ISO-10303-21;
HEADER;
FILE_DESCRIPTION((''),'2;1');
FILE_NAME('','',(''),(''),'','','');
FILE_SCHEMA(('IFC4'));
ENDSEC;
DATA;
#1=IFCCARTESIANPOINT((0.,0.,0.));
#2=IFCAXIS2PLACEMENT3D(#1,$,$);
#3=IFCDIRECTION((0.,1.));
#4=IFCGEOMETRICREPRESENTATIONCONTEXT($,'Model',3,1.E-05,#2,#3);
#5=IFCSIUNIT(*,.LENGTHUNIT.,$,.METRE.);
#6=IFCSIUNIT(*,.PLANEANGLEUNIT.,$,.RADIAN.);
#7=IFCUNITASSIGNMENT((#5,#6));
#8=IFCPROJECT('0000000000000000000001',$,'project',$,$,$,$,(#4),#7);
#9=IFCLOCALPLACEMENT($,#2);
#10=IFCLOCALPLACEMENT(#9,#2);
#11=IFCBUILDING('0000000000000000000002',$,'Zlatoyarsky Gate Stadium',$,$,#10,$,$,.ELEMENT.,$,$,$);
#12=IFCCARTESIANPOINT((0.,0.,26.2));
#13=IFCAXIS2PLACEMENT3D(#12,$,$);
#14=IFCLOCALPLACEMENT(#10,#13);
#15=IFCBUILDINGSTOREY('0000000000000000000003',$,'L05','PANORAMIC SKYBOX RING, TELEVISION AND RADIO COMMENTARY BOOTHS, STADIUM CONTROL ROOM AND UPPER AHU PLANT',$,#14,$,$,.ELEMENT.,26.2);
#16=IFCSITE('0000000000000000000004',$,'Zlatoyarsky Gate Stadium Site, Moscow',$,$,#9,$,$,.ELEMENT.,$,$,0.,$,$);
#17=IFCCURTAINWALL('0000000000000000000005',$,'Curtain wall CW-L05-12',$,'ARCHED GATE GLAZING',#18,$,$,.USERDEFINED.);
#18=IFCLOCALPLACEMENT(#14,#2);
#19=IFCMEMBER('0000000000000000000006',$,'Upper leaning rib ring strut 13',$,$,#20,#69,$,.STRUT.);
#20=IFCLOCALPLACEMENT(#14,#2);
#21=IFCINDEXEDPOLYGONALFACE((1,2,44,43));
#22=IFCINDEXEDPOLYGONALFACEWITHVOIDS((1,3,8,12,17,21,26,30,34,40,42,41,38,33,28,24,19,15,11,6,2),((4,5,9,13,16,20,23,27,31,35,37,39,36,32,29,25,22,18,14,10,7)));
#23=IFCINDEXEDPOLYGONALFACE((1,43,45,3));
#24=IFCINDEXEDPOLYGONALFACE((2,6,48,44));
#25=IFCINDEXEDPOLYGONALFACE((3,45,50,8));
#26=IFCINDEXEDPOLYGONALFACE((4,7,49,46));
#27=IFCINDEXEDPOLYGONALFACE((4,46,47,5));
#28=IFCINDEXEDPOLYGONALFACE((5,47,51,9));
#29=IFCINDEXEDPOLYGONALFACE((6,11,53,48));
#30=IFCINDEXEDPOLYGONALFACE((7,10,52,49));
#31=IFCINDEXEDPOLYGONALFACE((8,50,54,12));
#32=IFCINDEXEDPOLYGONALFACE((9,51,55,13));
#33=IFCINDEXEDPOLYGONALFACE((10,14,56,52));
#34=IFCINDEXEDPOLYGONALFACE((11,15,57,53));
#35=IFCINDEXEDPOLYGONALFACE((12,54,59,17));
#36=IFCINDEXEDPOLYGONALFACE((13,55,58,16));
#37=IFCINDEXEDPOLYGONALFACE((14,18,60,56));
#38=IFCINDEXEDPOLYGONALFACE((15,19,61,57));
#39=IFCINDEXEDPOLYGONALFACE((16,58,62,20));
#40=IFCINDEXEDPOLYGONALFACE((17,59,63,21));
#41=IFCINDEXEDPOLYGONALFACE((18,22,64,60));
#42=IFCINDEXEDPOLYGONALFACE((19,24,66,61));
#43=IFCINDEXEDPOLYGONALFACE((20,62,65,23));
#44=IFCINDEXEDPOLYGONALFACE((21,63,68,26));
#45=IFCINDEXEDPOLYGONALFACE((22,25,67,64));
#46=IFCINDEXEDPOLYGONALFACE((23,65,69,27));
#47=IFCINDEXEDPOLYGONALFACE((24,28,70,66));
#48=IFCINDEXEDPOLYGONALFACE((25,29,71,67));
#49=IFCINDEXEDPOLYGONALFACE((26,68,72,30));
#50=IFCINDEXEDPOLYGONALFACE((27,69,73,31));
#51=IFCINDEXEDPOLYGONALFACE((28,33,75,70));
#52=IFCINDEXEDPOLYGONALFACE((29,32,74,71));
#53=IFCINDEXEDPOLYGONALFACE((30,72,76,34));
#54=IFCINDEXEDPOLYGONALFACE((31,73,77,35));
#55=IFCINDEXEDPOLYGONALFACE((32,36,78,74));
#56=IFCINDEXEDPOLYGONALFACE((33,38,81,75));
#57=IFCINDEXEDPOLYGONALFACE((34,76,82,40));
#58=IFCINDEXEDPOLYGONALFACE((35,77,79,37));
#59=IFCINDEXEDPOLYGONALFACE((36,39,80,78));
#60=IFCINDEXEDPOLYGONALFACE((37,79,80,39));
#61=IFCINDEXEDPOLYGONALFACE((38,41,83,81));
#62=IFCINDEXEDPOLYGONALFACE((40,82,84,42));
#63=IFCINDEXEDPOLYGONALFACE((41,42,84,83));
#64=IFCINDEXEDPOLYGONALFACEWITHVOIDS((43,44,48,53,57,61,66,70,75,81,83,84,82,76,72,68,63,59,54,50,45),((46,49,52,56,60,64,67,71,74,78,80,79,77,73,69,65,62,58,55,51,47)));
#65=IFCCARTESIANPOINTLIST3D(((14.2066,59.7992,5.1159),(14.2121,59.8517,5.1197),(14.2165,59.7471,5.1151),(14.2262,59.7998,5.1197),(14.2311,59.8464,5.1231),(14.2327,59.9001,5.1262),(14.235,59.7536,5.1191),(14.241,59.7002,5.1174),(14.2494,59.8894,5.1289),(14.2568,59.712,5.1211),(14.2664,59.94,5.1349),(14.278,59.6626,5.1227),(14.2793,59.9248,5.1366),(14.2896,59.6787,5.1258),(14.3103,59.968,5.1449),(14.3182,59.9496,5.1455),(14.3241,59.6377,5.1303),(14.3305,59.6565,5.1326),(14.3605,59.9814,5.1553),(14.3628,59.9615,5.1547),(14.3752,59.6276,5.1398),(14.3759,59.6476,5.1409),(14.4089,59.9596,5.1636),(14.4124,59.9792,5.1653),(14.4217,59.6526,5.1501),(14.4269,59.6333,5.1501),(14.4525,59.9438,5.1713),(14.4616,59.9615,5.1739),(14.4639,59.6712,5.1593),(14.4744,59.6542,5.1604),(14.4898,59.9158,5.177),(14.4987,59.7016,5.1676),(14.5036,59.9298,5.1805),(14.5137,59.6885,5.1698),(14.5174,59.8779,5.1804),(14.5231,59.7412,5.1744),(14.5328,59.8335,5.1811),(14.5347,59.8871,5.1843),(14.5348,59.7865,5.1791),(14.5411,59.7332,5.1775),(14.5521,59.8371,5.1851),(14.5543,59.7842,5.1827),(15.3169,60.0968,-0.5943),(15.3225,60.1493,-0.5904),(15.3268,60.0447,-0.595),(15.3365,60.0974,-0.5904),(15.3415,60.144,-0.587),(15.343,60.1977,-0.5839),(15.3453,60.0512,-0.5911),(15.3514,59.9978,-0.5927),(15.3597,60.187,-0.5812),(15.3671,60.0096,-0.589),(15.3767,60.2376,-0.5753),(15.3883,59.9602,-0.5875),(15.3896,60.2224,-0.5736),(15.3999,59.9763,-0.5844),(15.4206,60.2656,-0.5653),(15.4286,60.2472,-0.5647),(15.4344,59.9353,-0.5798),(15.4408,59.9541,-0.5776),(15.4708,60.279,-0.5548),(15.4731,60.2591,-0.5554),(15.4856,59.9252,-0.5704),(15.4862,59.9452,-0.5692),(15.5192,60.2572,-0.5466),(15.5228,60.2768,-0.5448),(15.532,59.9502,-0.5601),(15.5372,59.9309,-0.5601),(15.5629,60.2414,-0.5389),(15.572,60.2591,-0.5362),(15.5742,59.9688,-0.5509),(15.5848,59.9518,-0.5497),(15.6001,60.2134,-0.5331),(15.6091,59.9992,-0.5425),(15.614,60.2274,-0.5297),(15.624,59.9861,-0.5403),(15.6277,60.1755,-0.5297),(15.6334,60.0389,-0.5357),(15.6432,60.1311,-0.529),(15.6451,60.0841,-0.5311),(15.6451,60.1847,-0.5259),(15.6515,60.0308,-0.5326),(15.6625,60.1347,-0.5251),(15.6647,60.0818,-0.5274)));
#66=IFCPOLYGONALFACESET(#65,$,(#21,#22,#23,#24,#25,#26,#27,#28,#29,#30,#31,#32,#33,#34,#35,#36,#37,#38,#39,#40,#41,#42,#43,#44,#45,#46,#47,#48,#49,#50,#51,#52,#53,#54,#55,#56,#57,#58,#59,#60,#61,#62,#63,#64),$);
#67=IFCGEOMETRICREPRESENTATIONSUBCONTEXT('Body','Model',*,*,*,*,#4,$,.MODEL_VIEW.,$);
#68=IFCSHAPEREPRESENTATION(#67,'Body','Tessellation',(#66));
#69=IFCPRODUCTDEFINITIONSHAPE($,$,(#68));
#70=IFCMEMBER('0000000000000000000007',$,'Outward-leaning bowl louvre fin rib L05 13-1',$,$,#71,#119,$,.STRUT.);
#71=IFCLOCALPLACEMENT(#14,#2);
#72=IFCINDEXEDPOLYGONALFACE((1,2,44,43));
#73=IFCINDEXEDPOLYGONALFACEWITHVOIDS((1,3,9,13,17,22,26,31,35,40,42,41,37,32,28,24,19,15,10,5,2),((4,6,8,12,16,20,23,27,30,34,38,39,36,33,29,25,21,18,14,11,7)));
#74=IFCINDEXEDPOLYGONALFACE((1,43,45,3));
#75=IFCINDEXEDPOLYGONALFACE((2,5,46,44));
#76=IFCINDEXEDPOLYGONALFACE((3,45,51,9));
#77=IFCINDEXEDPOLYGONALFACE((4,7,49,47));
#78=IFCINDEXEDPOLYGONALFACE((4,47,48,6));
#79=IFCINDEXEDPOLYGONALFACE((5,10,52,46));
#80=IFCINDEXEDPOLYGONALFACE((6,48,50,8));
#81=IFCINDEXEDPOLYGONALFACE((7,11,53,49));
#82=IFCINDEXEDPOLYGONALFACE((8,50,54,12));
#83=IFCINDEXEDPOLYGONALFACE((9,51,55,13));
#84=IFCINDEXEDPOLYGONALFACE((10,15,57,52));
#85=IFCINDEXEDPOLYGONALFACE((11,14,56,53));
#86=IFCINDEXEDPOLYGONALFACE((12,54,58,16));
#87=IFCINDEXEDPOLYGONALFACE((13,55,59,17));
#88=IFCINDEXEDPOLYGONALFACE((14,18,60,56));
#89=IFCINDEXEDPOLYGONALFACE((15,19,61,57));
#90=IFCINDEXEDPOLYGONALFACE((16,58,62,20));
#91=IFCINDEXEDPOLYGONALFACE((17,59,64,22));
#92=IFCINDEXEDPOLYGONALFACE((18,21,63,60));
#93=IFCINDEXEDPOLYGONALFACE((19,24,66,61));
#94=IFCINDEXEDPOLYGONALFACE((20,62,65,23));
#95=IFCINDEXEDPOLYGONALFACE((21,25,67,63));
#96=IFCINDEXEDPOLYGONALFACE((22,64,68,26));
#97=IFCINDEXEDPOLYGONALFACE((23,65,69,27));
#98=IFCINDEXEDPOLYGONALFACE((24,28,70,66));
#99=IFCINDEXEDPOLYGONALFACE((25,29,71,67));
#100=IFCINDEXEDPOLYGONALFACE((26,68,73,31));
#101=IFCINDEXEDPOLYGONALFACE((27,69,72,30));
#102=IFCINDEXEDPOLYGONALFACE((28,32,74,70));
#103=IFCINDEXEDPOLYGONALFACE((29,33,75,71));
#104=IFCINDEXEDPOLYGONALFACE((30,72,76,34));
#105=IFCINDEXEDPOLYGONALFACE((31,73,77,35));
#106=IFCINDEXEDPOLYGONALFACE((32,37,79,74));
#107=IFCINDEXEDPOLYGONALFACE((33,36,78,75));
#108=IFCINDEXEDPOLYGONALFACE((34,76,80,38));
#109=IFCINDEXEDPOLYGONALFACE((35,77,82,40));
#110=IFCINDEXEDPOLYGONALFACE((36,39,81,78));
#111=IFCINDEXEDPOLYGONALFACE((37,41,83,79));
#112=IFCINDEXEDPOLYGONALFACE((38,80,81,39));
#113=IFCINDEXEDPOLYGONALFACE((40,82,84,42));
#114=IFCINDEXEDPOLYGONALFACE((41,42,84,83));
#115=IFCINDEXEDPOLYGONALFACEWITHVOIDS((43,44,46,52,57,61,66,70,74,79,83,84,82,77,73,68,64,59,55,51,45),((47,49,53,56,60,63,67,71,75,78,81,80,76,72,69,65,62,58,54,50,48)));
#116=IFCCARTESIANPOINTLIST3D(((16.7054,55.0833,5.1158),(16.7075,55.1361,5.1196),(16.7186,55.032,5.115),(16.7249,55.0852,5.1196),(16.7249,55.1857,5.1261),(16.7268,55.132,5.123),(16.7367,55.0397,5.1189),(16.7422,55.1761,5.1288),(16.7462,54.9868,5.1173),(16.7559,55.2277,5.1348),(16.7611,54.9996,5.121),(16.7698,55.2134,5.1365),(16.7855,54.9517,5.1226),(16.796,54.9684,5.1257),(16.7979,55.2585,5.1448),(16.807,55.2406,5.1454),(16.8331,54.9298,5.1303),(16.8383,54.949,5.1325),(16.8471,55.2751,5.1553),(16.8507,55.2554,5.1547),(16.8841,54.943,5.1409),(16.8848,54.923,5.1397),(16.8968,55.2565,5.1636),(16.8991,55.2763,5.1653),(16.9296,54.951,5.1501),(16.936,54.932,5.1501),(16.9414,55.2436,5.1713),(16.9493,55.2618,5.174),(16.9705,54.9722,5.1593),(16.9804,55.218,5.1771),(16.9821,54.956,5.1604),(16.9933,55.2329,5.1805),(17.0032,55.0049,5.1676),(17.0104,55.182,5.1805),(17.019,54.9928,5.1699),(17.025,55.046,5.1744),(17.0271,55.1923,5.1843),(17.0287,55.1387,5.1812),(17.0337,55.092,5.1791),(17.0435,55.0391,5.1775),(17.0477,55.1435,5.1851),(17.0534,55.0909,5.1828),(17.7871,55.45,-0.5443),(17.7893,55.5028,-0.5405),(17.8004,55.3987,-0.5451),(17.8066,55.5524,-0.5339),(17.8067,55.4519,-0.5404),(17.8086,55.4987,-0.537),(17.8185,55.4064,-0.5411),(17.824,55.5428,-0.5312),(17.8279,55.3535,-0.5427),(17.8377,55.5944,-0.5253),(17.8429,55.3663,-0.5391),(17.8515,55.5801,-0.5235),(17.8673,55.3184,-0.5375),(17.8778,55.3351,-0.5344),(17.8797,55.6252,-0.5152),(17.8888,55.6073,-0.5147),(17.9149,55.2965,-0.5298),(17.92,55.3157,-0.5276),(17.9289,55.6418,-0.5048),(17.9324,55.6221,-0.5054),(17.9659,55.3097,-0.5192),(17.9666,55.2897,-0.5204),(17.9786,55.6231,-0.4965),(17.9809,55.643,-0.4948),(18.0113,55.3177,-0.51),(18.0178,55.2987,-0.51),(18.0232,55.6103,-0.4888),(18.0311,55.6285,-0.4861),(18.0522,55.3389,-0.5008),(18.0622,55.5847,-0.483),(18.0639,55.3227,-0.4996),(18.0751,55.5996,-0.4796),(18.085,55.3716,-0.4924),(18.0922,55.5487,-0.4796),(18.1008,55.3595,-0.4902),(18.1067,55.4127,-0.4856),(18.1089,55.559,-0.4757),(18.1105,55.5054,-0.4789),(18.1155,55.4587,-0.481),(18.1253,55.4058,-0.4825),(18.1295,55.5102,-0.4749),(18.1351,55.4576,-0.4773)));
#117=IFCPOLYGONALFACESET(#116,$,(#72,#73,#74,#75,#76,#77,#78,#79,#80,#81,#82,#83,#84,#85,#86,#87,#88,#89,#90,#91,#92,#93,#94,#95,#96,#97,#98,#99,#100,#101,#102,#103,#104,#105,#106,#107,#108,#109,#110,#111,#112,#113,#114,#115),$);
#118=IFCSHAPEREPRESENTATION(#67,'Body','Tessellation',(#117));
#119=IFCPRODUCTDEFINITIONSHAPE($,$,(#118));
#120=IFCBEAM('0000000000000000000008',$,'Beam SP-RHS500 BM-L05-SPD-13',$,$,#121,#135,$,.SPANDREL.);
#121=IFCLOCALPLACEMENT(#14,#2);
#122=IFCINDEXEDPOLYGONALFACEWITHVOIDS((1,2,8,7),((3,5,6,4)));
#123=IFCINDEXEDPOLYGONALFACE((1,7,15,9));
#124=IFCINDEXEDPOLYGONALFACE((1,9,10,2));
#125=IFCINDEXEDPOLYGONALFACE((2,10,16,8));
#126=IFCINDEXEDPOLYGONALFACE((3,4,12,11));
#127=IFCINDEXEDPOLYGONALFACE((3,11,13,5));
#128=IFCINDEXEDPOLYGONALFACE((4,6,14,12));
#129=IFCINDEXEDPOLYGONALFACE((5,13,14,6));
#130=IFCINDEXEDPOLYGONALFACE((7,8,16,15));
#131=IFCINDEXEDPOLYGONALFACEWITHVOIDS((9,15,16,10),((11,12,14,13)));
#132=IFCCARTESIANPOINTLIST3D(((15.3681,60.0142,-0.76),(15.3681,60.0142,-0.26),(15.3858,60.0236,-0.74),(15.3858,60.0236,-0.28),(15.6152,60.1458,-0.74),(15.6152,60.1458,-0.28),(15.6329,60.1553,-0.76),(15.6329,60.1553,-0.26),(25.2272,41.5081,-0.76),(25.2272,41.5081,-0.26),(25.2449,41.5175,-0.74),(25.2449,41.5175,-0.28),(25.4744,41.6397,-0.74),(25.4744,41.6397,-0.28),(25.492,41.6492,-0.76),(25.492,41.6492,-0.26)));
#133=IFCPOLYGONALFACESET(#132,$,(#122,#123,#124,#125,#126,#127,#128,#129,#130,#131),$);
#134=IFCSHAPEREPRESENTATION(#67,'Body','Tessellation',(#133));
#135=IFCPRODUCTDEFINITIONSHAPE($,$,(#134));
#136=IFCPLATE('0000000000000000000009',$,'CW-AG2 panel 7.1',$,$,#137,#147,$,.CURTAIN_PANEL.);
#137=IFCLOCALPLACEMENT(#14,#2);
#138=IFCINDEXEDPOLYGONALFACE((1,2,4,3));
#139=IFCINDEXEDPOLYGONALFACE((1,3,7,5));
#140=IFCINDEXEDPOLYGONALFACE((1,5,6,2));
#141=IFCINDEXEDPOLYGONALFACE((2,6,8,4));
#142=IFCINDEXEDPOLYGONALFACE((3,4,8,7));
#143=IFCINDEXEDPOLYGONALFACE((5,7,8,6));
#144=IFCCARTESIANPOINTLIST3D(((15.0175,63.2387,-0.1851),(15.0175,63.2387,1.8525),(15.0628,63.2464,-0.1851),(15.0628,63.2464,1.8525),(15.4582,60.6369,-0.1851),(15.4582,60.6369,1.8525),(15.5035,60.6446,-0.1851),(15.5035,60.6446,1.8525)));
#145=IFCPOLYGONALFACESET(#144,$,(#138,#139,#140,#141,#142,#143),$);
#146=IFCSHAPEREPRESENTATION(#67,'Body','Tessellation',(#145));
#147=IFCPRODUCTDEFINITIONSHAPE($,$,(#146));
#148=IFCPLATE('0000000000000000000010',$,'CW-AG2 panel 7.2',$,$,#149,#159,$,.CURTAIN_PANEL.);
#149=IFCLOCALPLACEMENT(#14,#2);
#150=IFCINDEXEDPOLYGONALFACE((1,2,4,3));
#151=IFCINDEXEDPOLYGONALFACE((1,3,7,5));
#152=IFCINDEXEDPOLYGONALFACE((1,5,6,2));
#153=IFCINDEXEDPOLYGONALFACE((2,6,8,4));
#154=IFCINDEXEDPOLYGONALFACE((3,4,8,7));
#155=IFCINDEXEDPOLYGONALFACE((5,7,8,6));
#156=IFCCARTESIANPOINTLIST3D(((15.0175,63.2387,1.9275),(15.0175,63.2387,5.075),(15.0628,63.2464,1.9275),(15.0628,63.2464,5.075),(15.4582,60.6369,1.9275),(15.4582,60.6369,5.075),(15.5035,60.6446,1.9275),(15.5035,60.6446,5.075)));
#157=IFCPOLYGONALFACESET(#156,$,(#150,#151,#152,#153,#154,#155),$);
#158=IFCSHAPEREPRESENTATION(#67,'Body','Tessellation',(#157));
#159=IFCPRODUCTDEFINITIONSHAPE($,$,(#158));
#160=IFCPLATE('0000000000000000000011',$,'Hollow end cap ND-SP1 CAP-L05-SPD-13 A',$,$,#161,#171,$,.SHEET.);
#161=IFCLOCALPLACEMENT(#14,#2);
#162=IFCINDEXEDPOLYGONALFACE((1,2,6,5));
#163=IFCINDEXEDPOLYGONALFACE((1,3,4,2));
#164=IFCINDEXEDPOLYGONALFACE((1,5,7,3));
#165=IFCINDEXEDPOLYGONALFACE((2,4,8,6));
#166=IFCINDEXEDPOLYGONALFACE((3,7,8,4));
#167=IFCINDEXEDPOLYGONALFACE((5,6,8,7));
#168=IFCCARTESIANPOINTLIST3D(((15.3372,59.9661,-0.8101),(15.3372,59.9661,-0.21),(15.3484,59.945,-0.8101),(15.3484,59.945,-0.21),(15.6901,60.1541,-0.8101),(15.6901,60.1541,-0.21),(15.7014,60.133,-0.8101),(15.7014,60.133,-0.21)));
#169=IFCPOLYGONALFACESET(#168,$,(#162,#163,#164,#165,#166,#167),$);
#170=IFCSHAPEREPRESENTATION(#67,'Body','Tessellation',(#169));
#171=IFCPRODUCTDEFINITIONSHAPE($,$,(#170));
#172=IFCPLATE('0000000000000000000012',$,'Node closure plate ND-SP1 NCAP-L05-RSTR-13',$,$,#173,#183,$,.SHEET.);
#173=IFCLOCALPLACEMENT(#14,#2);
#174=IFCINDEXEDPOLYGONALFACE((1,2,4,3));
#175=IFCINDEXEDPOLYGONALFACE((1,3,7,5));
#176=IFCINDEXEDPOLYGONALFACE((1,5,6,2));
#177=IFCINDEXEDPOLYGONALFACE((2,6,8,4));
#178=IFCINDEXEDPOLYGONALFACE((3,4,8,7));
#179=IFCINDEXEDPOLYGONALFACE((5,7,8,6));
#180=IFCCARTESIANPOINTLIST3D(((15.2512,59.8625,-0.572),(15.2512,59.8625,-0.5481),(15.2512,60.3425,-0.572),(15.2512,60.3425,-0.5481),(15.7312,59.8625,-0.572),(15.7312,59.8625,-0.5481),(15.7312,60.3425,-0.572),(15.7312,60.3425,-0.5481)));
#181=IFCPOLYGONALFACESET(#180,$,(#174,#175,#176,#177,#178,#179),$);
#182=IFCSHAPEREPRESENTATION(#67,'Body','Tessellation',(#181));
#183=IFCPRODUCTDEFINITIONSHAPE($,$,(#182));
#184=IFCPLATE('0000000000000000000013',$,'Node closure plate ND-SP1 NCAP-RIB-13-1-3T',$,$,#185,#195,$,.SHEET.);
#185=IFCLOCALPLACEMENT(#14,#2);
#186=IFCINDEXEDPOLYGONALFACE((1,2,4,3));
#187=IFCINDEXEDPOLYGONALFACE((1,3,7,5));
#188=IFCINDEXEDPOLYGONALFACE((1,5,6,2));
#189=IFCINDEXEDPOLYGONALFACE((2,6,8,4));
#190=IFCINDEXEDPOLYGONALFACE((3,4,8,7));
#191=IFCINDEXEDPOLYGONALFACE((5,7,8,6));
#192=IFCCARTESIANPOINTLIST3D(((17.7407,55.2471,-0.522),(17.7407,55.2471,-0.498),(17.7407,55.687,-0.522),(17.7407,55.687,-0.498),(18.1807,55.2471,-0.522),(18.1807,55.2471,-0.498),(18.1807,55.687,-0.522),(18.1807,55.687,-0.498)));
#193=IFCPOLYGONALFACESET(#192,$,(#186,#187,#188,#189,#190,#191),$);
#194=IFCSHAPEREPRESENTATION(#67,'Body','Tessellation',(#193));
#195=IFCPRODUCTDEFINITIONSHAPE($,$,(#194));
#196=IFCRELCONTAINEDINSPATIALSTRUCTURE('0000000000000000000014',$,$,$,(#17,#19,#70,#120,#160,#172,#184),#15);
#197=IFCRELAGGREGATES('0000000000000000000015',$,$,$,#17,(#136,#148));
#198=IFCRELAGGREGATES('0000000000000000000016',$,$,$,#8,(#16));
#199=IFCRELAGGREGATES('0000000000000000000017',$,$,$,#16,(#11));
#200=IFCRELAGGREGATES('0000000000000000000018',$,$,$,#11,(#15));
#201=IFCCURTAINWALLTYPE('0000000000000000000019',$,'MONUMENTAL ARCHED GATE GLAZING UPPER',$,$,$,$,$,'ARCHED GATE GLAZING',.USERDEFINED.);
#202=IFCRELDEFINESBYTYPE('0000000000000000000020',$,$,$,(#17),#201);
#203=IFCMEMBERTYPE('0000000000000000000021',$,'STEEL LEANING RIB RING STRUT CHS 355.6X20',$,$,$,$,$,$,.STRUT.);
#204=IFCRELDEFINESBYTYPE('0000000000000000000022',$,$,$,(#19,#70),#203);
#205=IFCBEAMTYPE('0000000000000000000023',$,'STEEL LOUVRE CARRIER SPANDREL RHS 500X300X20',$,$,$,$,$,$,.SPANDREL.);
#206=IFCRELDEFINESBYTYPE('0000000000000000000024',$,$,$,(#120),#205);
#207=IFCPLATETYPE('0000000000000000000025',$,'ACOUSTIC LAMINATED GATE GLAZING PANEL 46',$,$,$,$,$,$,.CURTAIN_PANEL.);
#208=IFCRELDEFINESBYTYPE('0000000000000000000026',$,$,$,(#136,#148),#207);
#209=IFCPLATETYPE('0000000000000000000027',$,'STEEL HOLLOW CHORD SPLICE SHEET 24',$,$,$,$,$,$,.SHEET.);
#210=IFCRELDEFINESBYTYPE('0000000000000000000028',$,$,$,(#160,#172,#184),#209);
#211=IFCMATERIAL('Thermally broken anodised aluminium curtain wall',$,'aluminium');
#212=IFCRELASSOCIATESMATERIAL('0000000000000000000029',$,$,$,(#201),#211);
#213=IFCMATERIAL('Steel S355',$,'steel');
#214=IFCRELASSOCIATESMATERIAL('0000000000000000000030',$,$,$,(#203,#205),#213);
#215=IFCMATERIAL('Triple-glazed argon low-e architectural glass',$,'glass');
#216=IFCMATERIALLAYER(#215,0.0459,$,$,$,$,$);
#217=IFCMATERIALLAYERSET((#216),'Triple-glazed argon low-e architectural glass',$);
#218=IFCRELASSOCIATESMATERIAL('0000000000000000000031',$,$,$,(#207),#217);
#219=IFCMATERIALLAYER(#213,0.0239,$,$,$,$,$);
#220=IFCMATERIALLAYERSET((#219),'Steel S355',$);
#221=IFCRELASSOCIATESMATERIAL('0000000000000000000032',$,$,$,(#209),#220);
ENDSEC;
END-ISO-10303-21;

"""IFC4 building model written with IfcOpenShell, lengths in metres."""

from ifc_helpers import new_model, si_unit, direction, frame, origin, origin_2d, place, context, subcontext, project, spatial, rectangle, hollow_rectangle, hollow_circle, extrude, material, layer, layer_set, material_profile, profile_set, type_object, element, aggregate, save


model = new_model("IFC4")

# Units and contexts
model_context = context("Model", 3, precision=1e-05, world=origin(), true_north=direction((0.0, 1.0)))
body_context = subcontext(model_context, "Body", "Model", "MODEL_VIEW")
ifc_project = project(units=[si_unit("LENGTHUNIT", "METRE"), si_unit("PLANEANGLEUNIT", "RADIAN")], contexts=[model_context])

# Site, building, storey
site_placement = place(None, origin())
site = spatial("IfcSite", under=ifc_project, at=site_placement, Name="Zlatoyarsky Gate Stadium Site, Moscow", CompositionType="ELEMENT", RefElevation=0.0)
building_placement = place(site_placement, origin())
building = spatial("IfcBuilding", under=site, at=building_placement, Name="Zlatoyarsky Gate Stadium", CompositionType="ELEMENT")
storey_placement = place(building_placement, frame((0.0, 0.0, 26.2)))
storey = spatial("IfcBuildingStorey", under=building, at=storey_placement, Name="L05", Description="PANORAMIC SKYBOX RING, TELEVISION AND RADIO COMMENTARY BOOTHS, STADIUM CONTROL ROOM AND UPPER AHU PLANT", CompositionType="ELEMENT", Elevation=26.2)

# Curtain wall
ifc_material_1 = material(Name="Thermally broken anodised aluminium curtain wall", Category="aluminium")
curtain_wall_type_1 = type_object("IfcCurtainWallType", Name="MONUMENTAL ARCHED GATE GLAZING UPPER", ElementType="ARCHED GATE GLAZING", PredefinedType="USERDEFINED", material=ifc_material_1)
curtain_wall_1_placement = place(storey_placement, origin())
curtain_wall_1 = element("IfcCurtainWall", 1, at=curtain_wall_1_placement, inside=storey, type_object=curtain_wall_type_1, Name="Curtain wall CW-L05-12", ObjectType="ARCHED GATE GLAZING", PredefinedType="USERDEFINED")

# Shared definitions
ifc_material_2 = material(Name="Steel S355", Category="steel")

# Members
ifc_material_profile_1 = material_profile(ifc_material_2, hollow_circle(Radius=0.1777, WallThickness=0.02, at=origin_2d()), Name="CHS 355.6X20")
ifc_profile_set_1 = profile_set([ifc_material_profile_1], Name="Steel S355")
member_type_1 = type_object("IfcMemberType", Name="STEEL LEANING RIB RING STRUT CHS 355.6X20", PredefinedType="STRUT", material=ifc_profile_set_1)
member_1_placement = place(storey_placement, frame((15.4912, 60.1025, -0.5601), z_axis=(-0.190626, -0.051093, 0.980332), x_axis=(0.258892, -0.965906, 0.0)))
element("IfcMember", 2, at=member_1_placement, inside=storey, type_object=member_type_1, Name="Upper leaning rib ring strut 13", PredefinedType="STRUT", context=body_context, shape_type="SweptSolid", body=[
    extrude(hollow_circle(Radius=0.1777, WallThickness=0.02, at=origin_2d()), origin(), (0.0, 0.0, 1.0), 5.8247),
])
member_2_placement = place(storey_placement, frame((17.9607, 55.467, -0.51), z_axis=(-0.187346, -0.063506, 0.980239), x_axis=(0.321033, -0.947068, 0.0)))
element("IfcMember", 3, at=member_2_placement, inside=storey, type_object=member_type_1, Name="Outward-leaning bowl louvre fin rib L05 13-1", PredefinedType="STRUT", context=body_context, shape_type="SweptSolid", body=[
    extrude(hollow_circle(Radius=0.1777, WallThickness=0.02, at=origin_2d()), origin(), (0.0, 0.0, 1.0), 5.7742),
])

# Beam
ifc_material_profile_2 = material_profile(ifc_material_2, hollow_rectangle(XDim=0.3, YDim=0.5, WallThickness=0.02, at=origin_2d()), Name="RHS 500X300X20")
ifc_profile_set_2 = profile_set([ifc_material_profile_2], Name="Steel S355")
beam_type_1 = type_object("IfcBeamType", Name="STEEL LOUVRE CARRIER SPANDREL RHS 500X300X20", PredefinedType="SPANDREL", material=ifc_profile_set_2)
beam_1_placement = place(storey_placement, frame((15.5005, 60.0847, -0.51), z_axis=(0.470188, -0.882567, 0.0), x_axis=(0.882567, 0.470188, 0.0)))
element("IfcBeam", 4, at=beam_1_placement, inside=storey, type_object=beam_type_1, Name="Beam SP-RHS500 BM-L05-SPD-13", PredefinedType="SPANDREL", context=body_context, shape_type="SweptSolid", body=[
    extrude(hollow_rectangle(XDim=0.3, YDim=0.5, WallThickness=0.02, at=origin_2d()), origin(), (0.0, 0.0, 1.0), 20.9685),
])

# Plates
ifc_material_3 = material(Name="Triple-glazed argon low-e architectural glass", Category="glass")
ifc_layer_1 = layer(ifc_material_3, 0.0459)
ifc_layer_set_1 = layer_set([ifc_layer_1], Name="Triple-glazed argon low-e architectural glass")
plate_type_1 = type_object("IfcPlateType", Name="ACOUSTIC LAMINATED GATE GLAZING PANEL 46", PredefinedType="CURTAIN_PANEL", material=ifc_layer_set_1)
plate_1_placement = place(storey_placement, frame((15.2605, 61.9417, -0.1851), z_axis=(0.0, 0.0, 1.0), x_axis=(0.166995, -0.985958, 0.0)))
plate_1 = element("IfcPlate", 5, at=plate_1_placement, type_object=plate_type_1, Name="CW-AG2 panel 7.1", PredefinedType="CURTAIN_PANEL", context=body_context, shape_type="SweptSolid", body=[
    extrude(rectangle(XDim=2.6389, YDim=0.0459, at=origin_2d()), origin(), (0.0, 0.0, 1.0), 2.0376),
])
plate_2_placement = place(storey_placement, frame((15.2605, 61.9417, 1.9275), z_axis=(0.0, 0.0, 1.0), x_axis=(0.166995, -0.985958, 0.0)))
plate_2 = element("IfcPlate", 6, at=plate_2_placement, type_object=plate_type_1, Name="CW-AG2 panel 7.2", PredefinedType="CURTAIN_PANEL", context=body_context, shape_type="SweptSolid", body=[
    extrude(rectangle(XDim=2.6389, YDim=0.0459, at=origin_2d()), origin(), (0.0, 0.0, 1.0), 3.1475),
])
aggregate(curtain_wall_1, [plate_1, plate_2])

# Plates
ifc_layer_2 = layer(ifc_material_2, 0.0239)
ifc_layer_set_2 = layer_set([ifc_layer_2], Name="Steel S355")
plate_type_2 = type_object("IfcPlateType", Name="STEEL HOLLOW CHORD SPLICE SHEET 24", PredefinedType="SHEET", material=ifc_layer_set_2)
plate_3_placement = place(storey_placement, frame((15.5193, 60.0496, -0.8101), z_axis=(0.0, 0.0, 1.0), x_axis=(0.470188, -0.882566, 0.0)))
element("IfcPlate", 7, at=plate_3_placement, inside=storey, type_object=plate_type_2, Name="Hollow end cap ND-SP1 CAP-L05-SPD-13 A", PredefinedType="SHEET", context=body_context, shape_type="SweptSolid", body=[
    extrude(rectangle(XDim=0.0239, YDim=0.3999, at=origin_2d()), origin(), (0.0, 0.0, 1.0), 0.6001),
])
plate_4_placement = place(storey_placement, frame((15.4912, 60.1025, -0.572), z_axis=(0.0, 0.0, 1.0), x_axis=(1.0, 0.0, 0.0)))
element("IfcPlate", 8, at=plate_4_placement, inside=storey, type_object=plate_type_2, Name="Node closure plate ND-SP1 NCAP-L05-RSTR-13", PredefinedType="SHEET", context=body_context, shape_type="SweptSolid", body=[
    extrude(rectangle(XDim=0.48, YDim=0.48, at=origin_2d()), origin(), (0.0, 0.0, 1.0), 0.0239),
])
plate_5_placement = place(storey_placement, frame((17.9607, 55.467, -0.522), z_axis=(0.0, 0.0, 1.0), x_axis=(1.0, 0.0, 0.0)))
element("IfcPlate", 9, at=plate_5_placement, inside=storey, type_object=plate_type_2, Name="Node closure plate ND-SP1 NCAP-RIB-13-1-3T", PredefinedType="SHEET", context=body_context, shape_type="SweptSolid", body=[
    extrude(rectangle(XDim=0.4399, YDim=0.4399, at=origin_2d()), origin(), (0.0, 0.0, 1.0), 0.0239),
])

save(model, "model.ifc")
